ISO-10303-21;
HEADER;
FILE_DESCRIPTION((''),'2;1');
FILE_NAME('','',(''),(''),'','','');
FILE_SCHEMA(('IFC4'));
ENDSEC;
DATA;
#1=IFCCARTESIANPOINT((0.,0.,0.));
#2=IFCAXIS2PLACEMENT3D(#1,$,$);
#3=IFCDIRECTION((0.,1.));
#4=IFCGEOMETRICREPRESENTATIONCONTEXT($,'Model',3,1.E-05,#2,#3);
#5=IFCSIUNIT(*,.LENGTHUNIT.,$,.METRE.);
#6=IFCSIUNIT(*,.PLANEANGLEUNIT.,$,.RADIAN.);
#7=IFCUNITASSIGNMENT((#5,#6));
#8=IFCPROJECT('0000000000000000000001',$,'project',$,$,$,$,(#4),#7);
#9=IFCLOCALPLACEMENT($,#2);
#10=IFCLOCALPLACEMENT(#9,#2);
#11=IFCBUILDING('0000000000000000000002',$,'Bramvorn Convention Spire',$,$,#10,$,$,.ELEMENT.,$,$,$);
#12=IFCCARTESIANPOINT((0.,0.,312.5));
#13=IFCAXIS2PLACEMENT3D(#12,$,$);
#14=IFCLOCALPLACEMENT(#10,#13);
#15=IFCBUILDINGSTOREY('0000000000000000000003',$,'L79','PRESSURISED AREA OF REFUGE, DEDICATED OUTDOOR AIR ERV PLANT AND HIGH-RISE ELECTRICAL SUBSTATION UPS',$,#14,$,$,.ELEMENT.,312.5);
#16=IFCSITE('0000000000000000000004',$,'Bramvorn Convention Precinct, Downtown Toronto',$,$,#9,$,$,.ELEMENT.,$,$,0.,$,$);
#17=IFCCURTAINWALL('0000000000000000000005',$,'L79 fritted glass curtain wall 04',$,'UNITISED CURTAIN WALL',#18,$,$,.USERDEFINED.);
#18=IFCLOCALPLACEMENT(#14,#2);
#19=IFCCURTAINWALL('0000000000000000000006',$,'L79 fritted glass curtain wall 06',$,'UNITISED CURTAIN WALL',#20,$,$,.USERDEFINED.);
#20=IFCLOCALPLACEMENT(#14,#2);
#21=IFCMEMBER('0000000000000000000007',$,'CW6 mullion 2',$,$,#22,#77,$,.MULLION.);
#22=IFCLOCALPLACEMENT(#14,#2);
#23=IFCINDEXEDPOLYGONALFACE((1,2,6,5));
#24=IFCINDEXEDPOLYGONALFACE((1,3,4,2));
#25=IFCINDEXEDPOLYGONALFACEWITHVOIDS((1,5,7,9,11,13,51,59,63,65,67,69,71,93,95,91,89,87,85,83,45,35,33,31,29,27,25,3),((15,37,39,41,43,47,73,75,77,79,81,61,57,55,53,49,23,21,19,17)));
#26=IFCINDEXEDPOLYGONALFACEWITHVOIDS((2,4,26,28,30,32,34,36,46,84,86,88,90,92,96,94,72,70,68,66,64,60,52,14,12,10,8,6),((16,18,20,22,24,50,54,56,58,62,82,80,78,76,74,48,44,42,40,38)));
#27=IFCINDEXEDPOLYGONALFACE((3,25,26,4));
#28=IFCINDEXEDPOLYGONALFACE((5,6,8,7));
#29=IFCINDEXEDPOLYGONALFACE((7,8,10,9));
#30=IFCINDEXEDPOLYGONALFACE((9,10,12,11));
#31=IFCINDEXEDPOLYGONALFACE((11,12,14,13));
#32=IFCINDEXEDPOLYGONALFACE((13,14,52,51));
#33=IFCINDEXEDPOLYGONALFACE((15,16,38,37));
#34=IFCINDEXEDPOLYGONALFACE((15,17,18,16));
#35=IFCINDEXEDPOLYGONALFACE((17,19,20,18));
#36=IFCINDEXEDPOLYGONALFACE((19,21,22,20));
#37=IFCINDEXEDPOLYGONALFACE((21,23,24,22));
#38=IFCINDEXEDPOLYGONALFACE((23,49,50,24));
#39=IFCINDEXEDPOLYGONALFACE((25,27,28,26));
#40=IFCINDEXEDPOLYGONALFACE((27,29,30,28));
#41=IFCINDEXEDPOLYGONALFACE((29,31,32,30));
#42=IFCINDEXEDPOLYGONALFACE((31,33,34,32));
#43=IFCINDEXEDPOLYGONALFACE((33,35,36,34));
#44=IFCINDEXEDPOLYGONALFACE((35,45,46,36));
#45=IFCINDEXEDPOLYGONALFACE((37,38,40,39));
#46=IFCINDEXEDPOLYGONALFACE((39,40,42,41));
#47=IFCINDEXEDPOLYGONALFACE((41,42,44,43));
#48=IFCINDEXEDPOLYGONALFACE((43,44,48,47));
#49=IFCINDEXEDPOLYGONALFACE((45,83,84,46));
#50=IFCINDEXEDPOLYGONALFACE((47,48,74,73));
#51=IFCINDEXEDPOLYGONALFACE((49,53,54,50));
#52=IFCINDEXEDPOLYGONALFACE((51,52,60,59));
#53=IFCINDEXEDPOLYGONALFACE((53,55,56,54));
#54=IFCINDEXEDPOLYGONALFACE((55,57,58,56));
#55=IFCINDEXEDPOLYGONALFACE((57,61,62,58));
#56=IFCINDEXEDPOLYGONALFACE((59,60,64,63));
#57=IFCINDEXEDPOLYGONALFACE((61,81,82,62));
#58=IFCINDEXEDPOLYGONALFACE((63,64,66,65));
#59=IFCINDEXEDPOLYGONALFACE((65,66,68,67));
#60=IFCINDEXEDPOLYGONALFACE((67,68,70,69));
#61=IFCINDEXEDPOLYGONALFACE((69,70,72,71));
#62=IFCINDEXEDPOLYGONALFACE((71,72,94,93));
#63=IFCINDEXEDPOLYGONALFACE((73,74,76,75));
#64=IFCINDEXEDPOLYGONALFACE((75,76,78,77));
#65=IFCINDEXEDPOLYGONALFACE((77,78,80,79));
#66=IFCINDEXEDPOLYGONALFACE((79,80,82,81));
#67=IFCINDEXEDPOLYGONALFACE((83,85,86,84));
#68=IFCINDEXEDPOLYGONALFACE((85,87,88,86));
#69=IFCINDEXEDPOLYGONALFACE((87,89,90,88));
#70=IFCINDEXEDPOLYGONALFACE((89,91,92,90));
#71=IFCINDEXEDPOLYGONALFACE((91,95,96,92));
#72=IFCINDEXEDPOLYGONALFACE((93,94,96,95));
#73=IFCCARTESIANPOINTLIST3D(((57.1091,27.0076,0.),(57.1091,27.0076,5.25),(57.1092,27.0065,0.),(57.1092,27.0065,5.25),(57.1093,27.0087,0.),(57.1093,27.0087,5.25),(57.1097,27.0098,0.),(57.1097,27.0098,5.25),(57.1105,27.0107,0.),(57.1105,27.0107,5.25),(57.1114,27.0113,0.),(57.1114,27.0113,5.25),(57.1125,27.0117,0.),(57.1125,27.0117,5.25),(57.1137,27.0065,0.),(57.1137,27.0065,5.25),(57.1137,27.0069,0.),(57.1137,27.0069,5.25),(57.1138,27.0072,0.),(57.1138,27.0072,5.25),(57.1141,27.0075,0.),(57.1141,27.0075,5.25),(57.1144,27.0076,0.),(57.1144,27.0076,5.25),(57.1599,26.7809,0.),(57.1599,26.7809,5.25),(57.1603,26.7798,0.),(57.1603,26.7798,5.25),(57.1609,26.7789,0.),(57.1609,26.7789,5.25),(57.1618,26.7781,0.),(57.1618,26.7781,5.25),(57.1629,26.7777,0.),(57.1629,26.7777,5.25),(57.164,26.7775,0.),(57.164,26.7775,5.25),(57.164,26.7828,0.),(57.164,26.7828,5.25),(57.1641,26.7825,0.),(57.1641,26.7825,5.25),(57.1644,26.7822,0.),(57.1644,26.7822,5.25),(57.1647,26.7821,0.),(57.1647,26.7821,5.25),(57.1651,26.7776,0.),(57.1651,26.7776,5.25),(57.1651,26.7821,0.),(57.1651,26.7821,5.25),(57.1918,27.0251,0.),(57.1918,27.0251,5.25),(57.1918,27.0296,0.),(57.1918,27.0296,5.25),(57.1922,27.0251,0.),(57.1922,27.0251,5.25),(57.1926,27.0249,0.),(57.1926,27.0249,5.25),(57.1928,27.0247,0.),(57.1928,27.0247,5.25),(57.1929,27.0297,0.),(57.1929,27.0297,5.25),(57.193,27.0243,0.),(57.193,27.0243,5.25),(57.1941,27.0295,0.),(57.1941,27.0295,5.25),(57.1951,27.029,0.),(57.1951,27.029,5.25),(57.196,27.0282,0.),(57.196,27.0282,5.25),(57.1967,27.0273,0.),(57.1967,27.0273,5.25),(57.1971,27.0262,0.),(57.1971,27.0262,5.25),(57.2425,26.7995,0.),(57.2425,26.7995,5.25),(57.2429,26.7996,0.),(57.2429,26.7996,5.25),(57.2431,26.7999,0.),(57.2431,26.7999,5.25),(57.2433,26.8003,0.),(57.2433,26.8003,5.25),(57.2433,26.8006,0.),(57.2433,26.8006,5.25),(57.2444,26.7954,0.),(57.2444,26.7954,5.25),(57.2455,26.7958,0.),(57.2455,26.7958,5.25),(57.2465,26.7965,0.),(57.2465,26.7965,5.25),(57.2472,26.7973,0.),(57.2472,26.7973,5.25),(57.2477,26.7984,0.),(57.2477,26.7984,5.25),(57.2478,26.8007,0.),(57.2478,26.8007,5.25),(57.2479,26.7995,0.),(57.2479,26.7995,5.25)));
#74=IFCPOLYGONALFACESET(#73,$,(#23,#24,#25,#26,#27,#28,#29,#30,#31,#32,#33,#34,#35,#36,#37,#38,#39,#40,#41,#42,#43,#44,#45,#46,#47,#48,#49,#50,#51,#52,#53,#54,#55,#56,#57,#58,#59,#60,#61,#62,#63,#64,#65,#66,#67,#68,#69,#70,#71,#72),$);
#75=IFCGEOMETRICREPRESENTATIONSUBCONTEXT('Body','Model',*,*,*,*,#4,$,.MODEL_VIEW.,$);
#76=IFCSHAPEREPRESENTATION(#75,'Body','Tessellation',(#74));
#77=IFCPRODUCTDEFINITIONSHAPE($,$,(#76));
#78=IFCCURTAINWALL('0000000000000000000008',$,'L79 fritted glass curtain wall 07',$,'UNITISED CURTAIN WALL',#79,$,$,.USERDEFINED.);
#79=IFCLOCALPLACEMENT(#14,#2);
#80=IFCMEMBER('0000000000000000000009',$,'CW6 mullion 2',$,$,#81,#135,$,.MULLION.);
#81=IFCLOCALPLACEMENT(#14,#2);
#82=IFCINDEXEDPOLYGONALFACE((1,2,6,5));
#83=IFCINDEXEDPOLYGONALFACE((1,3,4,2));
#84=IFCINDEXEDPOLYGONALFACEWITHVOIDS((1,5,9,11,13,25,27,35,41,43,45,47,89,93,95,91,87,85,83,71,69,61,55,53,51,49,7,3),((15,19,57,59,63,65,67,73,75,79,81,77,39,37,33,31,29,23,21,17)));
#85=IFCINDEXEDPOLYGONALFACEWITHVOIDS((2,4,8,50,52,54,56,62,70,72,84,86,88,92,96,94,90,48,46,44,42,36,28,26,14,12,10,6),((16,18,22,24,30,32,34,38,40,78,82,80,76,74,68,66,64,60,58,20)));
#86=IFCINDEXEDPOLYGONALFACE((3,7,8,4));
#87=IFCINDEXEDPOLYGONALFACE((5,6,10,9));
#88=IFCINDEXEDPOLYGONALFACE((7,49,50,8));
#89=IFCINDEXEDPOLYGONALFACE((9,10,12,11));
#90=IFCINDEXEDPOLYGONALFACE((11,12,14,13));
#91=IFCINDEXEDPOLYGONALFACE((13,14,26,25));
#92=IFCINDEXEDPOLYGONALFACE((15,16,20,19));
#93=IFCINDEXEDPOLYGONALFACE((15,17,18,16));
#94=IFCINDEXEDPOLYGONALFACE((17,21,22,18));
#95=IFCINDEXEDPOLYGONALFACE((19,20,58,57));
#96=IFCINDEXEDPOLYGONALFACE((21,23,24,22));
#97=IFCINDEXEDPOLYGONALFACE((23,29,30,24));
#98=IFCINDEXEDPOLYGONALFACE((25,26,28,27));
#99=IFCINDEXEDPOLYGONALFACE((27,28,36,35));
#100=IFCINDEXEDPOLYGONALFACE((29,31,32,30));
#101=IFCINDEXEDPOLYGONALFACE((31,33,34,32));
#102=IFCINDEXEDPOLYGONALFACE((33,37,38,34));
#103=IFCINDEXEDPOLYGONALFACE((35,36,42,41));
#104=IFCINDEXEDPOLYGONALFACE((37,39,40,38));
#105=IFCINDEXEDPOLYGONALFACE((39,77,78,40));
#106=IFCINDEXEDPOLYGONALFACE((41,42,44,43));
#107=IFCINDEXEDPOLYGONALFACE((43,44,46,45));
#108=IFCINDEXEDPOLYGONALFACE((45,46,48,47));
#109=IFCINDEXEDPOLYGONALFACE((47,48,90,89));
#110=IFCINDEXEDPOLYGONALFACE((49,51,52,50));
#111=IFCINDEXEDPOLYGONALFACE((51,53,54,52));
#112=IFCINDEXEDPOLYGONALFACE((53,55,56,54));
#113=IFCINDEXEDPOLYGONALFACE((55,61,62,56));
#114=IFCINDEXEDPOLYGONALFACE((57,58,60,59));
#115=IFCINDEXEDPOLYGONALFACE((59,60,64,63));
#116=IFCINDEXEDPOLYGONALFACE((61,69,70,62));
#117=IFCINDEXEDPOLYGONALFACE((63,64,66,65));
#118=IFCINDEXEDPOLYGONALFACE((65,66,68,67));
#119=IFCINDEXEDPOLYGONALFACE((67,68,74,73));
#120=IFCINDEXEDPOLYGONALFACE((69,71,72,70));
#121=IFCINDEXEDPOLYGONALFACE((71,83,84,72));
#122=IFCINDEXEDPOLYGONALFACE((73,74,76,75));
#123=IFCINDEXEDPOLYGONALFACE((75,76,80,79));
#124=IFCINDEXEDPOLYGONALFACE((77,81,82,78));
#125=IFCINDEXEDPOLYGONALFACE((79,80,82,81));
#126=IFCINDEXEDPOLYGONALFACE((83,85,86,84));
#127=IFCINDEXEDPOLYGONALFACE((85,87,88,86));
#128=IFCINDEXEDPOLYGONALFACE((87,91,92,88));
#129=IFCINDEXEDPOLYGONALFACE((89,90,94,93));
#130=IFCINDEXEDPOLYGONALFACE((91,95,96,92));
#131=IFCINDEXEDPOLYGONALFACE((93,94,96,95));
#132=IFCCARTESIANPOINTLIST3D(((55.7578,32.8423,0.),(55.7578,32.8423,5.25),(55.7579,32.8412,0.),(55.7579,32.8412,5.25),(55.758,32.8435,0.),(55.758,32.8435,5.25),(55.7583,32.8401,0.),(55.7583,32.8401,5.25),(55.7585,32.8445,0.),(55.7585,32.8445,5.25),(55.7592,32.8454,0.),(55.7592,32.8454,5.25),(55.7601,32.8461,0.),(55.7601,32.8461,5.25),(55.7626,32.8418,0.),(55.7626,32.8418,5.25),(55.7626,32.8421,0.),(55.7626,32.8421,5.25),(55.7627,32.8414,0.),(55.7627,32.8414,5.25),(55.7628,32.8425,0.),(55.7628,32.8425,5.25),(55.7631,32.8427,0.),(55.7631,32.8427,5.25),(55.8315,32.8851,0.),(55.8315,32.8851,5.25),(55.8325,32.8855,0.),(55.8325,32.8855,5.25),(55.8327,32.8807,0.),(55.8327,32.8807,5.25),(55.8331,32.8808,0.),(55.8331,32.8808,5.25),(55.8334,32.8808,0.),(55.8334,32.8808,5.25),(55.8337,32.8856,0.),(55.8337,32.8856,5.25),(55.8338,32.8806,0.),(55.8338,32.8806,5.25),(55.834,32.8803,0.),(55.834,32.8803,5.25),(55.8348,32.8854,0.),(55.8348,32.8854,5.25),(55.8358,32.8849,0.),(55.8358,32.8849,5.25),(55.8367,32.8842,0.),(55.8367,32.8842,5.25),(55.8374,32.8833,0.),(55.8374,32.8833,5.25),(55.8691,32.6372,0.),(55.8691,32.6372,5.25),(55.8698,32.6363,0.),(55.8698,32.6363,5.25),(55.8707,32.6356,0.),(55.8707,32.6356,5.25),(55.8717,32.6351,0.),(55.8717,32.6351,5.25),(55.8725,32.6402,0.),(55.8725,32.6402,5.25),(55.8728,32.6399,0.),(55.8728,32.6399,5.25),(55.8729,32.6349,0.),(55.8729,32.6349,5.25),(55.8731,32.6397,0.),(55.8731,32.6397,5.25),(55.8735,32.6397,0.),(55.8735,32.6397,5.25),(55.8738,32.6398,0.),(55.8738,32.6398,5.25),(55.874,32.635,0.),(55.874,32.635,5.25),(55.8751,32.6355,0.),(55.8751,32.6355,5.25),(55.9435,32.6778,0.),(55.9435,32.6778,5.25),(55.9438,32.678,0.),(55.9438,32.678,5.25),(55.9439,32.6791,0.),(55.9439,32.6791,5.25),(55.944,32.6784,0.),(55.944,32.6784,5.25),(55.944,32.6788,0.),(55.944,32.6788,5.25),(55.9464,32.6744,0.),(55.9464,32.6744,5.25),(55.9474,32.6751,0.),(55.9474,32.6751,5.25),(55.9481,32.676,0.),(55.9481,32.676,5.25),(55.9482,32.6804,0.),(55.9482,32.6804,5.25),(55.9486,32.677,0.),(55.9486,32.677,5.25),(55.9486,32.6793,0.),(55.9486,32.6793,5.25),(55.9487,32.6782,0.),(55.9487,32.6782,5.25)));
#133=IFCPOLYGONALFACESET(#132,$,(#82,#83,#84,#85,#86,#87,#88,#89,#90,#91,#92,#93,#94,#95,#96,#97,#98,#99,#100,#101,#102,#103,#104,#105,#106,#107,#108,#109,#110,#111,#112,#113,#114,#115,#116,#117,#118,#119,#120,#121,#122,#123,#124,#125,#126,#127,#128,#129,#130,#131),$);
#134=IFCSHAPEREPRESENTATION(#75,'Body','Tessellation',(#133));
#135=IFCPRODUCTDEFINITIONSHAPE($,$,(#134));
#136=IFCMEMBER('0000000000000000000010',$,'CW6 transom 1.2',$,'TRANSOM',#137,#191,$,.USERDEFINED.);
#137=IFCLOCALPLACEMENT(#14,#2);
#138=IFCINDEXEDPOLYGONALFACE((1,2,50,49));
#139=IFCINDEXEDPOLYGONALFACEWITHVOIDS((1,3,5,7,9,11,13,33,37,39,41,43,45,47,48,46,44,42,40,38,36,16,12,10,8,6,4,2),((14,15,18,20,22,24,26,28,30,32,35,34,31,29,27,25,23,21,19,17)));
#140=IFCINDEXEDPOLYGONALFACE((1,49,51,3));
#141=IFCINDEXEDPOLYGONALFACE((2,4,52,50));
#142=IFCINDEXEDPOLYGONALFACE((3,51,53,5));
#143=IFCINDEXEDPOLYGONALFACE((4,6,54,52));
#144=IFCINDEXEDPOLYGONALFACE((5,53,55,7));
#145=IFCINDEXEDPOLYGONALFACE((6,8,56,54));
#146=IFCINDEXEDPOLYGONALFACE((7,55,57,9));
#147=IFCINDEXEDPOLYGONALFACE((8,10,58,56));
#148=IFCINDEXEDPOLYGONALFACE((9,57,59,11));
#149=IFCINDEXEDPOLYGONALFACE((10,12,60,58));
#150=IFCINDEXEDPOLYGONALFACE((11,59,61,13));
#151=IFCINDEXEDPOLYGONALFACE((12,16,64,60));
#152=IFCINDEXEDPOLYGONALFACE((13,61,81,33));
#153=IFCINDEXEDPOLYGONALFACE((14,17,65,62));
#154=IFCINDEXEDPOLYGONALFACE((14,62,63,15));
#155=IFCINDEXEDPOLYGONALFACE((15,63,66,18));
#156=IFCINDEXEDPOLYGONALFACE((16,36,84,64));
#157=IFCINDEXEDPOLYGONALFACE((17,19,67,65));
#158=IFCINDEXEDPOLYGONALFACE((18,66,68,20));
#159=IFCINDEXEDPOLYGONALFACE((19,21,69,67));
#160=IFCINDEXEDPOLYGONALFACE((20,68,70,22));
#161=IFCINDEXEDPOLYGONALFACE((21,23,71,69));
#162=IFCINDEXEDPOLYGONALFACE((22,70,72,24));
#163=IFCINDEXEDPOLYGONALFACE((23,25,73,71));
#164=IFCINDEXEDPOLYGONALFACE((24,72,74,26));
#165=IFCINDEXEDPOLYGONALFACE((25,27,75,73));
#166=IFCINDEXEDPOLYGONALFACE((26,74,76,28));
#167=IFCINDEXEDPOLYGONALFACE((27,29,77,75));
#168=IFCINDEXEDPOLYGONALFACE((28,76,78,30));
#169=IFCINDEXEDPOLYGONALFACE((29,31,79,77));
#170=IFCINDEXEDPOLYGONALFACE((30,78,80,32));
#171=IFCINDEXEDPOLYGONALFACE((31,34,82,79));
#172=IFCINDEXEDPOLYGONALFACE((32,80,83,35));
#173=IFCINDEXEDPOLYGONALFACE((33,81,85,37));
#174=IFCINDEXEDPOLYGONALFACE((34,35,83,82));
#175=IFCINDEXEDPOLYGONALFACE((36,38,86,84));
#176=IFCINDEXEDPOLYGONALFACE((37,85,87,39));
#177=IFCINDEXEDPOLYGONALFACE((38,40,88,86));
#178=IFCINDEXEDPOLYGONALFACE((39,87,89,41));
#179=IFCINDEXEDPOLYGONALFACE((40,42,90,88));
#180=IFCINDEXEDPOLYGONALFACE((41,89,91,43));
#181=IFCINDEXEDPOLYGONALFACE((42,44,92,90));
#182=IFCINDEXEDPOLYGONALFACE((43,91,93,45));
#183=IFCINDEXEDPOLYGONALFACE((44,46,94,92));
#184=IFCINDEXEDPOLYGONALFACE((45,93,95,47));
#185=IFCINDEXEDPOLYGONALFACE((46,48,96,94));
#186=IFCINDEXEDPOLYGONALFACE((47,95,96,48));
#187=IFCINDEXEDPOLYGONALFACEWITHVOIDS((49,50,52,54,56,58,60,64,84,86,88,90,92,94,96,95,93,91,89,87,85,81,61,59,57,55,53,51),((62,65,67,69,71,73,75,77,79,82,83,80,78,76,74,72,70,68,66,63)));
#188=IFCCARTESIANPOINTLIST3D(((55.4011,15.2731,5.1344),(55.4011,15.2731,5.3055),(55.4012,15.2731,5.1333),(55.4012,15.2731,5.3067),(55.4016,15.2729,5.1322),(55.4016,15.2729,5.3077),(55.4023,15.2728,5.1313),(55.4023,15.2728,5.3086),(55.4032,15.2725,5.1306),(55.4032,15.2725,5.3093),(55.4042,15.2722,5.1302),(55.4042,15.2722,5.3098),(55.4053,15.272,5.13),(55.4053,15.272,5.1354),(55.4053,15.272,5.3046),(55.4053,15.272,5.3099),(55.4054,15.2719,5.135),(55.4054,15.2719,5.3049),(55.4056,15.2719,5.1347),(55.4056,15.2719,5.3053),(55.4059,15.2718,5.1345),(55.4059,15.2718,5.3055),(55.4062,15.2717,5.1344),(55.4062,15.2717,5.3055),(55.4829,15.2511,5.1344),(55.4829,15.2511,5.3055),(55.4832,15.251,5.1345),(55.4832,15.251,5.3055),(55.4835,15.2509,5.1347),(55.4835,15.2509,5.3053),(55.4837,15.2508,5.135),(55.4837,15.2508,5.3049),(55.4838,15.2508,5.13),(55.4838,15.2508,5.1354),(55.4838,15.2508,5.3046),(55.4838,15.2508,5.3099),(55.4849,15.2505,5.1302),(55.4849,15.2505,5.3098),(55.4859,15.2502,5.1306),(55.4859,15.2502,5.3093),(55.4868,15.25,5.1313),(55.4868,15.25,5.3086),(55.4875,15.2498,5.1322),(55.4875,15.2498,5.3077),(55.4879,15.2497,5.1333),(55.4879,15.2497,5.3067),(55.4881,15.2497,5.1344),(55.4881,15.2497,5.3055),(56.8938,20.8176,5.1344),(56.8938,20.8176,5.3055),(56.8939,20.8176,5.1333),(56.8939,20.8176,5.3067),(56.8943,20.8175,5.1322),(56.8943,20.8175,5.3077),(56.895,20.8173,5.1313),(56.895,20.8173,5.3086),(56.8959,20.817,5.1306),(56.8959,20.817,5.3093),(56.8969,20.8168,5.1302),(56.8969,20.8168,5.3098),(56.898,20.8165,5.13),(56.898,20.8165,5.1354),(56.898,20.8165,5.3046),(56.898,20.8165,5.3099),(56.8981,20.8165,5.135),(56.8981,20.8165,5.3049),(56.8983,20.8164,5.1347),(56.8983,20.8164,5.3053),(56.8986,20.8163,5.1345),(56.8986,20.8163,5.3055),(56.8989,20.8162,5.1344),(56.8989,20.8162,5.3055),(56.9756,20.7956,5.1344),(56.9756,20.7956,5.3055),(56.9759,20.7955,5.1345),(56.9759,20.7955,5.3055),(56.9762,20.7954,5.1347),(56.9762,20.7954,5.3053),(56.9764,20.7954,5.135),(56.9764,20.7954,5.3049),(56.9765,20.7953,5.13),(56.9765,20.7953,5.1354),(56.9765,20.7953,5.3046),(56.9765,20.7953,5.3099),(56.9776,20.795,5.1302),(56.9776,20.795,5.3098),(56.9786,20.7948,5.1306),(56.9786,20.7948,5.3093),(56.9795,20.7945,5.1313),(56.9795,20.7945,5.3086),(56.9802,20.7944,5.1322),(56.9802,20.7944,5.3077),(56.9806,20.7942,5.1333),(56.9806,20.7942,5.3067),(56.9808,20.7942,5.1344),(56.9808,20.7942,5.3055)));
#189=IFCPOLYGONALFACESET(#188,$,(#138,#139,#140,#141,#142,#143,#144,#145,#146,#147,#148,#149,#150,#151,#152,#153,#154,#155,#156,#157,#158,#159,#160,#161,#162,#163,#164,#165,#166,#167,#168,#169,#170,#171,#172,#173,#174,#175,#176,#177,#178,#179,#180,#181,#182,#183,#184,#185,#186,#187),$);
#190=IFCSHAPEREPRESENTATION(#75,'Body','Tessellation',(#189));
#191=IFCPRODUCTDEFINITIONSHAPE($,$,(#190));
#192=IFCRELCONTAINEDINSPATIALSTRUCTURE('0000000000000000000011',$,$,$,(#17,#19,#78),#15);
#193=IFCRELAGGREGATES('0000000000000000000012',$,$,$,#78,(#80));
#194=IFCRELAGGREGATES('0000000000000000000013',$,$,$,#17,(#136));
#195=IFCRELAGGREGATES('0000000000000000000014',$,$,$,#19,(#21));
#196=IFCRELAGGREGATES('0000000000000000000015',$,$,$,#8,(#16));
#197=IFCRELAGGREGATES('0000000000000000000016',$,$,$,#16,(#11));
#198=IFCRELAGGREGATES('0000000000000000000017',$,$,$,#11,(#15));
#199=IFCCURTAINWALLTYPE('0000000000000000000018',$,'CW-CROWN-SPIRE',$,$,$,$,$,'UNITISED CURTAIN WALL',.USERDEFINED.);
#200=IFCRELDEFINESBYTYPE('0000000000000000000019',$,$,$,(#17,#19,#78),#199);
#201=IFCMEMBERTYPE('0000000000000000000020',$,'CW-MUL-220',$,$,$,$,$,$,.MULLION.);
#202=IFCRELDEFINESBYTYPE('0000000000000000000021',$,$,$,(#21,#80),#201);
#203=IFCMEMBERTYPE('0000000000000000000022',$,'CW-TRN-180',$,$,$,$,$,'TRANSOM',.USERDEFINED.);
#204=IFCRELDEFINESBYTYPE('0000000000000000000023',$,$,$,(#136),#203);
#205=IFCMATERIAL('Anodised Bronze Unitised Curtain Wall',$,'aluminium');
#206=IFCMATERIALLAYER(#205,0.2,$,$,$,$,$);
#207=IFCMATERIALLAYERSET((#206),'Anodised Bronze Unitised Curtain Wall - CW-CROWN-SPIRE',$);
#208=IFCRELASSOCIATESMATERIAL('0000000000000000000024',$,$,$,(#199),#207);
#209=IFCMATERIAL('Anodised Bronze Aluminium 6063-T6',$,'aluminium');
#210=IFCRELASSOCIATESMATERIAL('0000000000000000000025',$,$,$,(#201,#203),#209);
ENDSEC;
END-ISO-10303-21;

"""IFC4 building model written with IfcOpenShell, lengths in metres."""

from ifc_helpers import new_model, si_unit, direction, frame, origin, origin_2d, place, context, subcontext, project, spatial, hollow_rectangle, extrude, material, layer, layer_set, material_profile, profile_set, type_object, element, aggregate, save


model = new_model("IFC4")

# Units and contexts
model_context = context("Model", 3, precision=1e-05, world=origin(), true_north=direction((0.0, 1.0)))
body_context = subcontext(model_context, "Body", "Model", "MODEL_VIEW")
ifc_project = project(units=[si_unit("LENGTHUNIT", "METRE"), si_unit("PLANEANGLEUNIT", "RADIAN")], contexts=[model_context])

# Site, building, storey
site_placement = place(None, origin())
site = spatial("IfcSite", under=ifc_project, at=site_placement, Name="Bramvorn Convention Precinct, Downtown Toronto", CompositionType="ELEMENT", RefElevation=0.0)
building_placement = place(site_placement, origin())
building = spatial("IfcBuilding", under=site, at=building_placement, Name="Bramvorn Convention Spire", CompositionType="ELEMENT")
storey_placement = place(building_placement, frame((0.0, 0.0, 312.5)))
storey = spatial("IfcBuildingStorey", under=building, at=storey_placement, Name="L79", Description="PRESSURISED AREA OF REFUGE, DEDICATED OUTDOOR AIR ERV PLANT AND HIGH-RISE ELECTRICAL SUBSTATION UPS", CompositionType="ELEMENT", Elevation=312.5)

# Curtain wall
ifc_material_1 = material(Name="Anodised Bronze Unitised Curtain Wall", Category="aluminium")
ifc_layer_1 = layer(ifc_material_1, 0.2)
ifc_layer_set_1 = layer_set([ifc_layer_1], Name="Anodised Bronze Unitised Curtain Wall - CW-CROWN-SPIRE")
curtain_wall_type = type_object("IfcCurtainWallType", Name="CW-CROWN-SPIRE", ElementType="UNITISED CURTAIN WALL", PredefinedType="USERDEFINED", material=ifc_layer_set_1)
curtain_wall_1_placement = place(storey_placement, origin())
curtain_wall_1 = element("IfcCurtainWall", 1, at=curtain_wall_1_placement, inside=storey, type_object=curtain_wall_type, Name="L79 fritted glass curtain wall 04", ObjectType="UNITISED CURTAIN WALL", PredefinedType="USERDEFINED")
ifc_material_2 = material(Name="Anodised Bronze Aluminium 6063-T6", Category="aluminium")
ifc_material_profile_1 = material_profile(ifc_material_2, hollow_rectangle(XDim=0.0901, YDim=0.24, WallThickness=0.0044, InnerFilletRadius=0.001, OuterFilletRadius=0.0044, at=origin_2d()))
ifc_profile_set_1 = profile_set([ifc_material_profile_1], Name="Anodised Bronze Aluminium 6063-T6 - CWM90X240")
member_type_1 = type_object("IfcMemberType", Name="CW-MUL-220", PredefinedType="MULLION", material=ifc_profile_set_1)

# Curtain wall, member
curtain_wall_2_placement = place(storey_placement, origin())
curtain_wall_2 = element("IfcCurtainWall", 2, at=curtain_wall_2_placement, inside=storey, type_object=curtain_wall_type, Name="L79 fritted glass curtain wall 06", ObjectType="UNITISED CURTAIN WALL", PredefinedType="USERDEFINED")
member_1_placement = place(storey_placement, frame((57.1785, 26.9036, 0.0), z_axis=(0.0, 0.0, 1.0), x_axis=(0.975645, 0.219356, 0.0)))
member_1 = element("IfcMember", 3, at=member_1_placement, type_object=member_type_1, Name="CW6 mullion 2", PredefinedType="MULLION", context=body_context, shape_type="SweptSolid", body=[
    extrude(hollow_rectangle(XDim=0.0901, YDim=0.24, WallThickness=0.0044, InnerFilletRadius=0.001, OuterFilletRadius=0.0044, at=origin_2d()), origin(), (0.0, 0.0, 1.0), 5.25),
])

# Curtain wall, member
curtain_wall_3_placement = place(storey_placement, origin())
curtain_wall_3 = element("IfcCurtainWall", 4, at=curtain_wall_3_placement, inside=storey, type_object=curtain_wall_type, Name="L79 fritted glass curtain wall 07", ObjectType="UNITISED CURTAIN WALL", PredefinedType="USERDEFINED")
member_2_placement = place(storey_placement, frame((55.8533, 32.7603, 0.0), z_axis=(0.0, 0.0, 1.0), x_axis=(0.877739, 0.479139, 0.0)))
member_2 = element("IfcMember", 5, at=member_2_placement, type_object=member_type_1, Name="CW6 mullion 2", PredefinedType="MULLION", context=body_context, shape_type="SweptSolid", body=[
    extrude(hollow_rectangle(XDim=0.0901, YDim=0.24, WallThickness=0.0044, InnerFilletRadius=0.001, OuterFilletRadius=0.0044, at=origin_2d()), origin(), (0.0, 0.0, 1.0), 5.25),
])
aggregate(curtain_wall_3, [member_2])

# Member
ifc_material_profile_2 = material_profile(ifc_material_2, hollow_rectangle(XDim=0.0901, YDim=0.1799, WallThickness=0.0044, InnerFilletRadius=0.001, OuterFilletRadius=0.0044, at=origin_2d()))
ifc_profile_set_2 = profile_set([ifc_material_profile_2], Name="Anodised Bronze Aluminium 6063-T6 - CWT90X180")
member_type_2 = type_object("IfcMemberType", Name="CW-TRN-180", ElementType="TRANSOM", PredefinedType="USERDEFINED", material=ifc_profile_set_2)
member_3_placement = place(storey_placement, frame((56.9373, 20.8059, 5.22), z_axis=(-0.259964, -0.965618, 0.0), x_axis=(0.965618, -0.259964, 0.0)))
member_3 = element("IfcMember", 6, at=member_3_placement, type_object=member_type_2, Name="CW6 transom 1.2", ObjectType="TRANSOM", PredefinedType="USERDEFINED", context=body_context, shape_type="SweptSolid", body=[
    extrude(hollow_rectangle(XDim=0.0901, YDim=0.1799, WallThickness=0.0044, InnerFilletRadius=0.001, OuterFilletRadius=0.0044, at=origin_2d()), origin(), (0.0, 0.0, 1.0), 5.7419),
])
aggregate(curtain_wall_1, [member_3])

aggregate(curtain_wall_2, [member_1])

save(model, "model.ifc")
